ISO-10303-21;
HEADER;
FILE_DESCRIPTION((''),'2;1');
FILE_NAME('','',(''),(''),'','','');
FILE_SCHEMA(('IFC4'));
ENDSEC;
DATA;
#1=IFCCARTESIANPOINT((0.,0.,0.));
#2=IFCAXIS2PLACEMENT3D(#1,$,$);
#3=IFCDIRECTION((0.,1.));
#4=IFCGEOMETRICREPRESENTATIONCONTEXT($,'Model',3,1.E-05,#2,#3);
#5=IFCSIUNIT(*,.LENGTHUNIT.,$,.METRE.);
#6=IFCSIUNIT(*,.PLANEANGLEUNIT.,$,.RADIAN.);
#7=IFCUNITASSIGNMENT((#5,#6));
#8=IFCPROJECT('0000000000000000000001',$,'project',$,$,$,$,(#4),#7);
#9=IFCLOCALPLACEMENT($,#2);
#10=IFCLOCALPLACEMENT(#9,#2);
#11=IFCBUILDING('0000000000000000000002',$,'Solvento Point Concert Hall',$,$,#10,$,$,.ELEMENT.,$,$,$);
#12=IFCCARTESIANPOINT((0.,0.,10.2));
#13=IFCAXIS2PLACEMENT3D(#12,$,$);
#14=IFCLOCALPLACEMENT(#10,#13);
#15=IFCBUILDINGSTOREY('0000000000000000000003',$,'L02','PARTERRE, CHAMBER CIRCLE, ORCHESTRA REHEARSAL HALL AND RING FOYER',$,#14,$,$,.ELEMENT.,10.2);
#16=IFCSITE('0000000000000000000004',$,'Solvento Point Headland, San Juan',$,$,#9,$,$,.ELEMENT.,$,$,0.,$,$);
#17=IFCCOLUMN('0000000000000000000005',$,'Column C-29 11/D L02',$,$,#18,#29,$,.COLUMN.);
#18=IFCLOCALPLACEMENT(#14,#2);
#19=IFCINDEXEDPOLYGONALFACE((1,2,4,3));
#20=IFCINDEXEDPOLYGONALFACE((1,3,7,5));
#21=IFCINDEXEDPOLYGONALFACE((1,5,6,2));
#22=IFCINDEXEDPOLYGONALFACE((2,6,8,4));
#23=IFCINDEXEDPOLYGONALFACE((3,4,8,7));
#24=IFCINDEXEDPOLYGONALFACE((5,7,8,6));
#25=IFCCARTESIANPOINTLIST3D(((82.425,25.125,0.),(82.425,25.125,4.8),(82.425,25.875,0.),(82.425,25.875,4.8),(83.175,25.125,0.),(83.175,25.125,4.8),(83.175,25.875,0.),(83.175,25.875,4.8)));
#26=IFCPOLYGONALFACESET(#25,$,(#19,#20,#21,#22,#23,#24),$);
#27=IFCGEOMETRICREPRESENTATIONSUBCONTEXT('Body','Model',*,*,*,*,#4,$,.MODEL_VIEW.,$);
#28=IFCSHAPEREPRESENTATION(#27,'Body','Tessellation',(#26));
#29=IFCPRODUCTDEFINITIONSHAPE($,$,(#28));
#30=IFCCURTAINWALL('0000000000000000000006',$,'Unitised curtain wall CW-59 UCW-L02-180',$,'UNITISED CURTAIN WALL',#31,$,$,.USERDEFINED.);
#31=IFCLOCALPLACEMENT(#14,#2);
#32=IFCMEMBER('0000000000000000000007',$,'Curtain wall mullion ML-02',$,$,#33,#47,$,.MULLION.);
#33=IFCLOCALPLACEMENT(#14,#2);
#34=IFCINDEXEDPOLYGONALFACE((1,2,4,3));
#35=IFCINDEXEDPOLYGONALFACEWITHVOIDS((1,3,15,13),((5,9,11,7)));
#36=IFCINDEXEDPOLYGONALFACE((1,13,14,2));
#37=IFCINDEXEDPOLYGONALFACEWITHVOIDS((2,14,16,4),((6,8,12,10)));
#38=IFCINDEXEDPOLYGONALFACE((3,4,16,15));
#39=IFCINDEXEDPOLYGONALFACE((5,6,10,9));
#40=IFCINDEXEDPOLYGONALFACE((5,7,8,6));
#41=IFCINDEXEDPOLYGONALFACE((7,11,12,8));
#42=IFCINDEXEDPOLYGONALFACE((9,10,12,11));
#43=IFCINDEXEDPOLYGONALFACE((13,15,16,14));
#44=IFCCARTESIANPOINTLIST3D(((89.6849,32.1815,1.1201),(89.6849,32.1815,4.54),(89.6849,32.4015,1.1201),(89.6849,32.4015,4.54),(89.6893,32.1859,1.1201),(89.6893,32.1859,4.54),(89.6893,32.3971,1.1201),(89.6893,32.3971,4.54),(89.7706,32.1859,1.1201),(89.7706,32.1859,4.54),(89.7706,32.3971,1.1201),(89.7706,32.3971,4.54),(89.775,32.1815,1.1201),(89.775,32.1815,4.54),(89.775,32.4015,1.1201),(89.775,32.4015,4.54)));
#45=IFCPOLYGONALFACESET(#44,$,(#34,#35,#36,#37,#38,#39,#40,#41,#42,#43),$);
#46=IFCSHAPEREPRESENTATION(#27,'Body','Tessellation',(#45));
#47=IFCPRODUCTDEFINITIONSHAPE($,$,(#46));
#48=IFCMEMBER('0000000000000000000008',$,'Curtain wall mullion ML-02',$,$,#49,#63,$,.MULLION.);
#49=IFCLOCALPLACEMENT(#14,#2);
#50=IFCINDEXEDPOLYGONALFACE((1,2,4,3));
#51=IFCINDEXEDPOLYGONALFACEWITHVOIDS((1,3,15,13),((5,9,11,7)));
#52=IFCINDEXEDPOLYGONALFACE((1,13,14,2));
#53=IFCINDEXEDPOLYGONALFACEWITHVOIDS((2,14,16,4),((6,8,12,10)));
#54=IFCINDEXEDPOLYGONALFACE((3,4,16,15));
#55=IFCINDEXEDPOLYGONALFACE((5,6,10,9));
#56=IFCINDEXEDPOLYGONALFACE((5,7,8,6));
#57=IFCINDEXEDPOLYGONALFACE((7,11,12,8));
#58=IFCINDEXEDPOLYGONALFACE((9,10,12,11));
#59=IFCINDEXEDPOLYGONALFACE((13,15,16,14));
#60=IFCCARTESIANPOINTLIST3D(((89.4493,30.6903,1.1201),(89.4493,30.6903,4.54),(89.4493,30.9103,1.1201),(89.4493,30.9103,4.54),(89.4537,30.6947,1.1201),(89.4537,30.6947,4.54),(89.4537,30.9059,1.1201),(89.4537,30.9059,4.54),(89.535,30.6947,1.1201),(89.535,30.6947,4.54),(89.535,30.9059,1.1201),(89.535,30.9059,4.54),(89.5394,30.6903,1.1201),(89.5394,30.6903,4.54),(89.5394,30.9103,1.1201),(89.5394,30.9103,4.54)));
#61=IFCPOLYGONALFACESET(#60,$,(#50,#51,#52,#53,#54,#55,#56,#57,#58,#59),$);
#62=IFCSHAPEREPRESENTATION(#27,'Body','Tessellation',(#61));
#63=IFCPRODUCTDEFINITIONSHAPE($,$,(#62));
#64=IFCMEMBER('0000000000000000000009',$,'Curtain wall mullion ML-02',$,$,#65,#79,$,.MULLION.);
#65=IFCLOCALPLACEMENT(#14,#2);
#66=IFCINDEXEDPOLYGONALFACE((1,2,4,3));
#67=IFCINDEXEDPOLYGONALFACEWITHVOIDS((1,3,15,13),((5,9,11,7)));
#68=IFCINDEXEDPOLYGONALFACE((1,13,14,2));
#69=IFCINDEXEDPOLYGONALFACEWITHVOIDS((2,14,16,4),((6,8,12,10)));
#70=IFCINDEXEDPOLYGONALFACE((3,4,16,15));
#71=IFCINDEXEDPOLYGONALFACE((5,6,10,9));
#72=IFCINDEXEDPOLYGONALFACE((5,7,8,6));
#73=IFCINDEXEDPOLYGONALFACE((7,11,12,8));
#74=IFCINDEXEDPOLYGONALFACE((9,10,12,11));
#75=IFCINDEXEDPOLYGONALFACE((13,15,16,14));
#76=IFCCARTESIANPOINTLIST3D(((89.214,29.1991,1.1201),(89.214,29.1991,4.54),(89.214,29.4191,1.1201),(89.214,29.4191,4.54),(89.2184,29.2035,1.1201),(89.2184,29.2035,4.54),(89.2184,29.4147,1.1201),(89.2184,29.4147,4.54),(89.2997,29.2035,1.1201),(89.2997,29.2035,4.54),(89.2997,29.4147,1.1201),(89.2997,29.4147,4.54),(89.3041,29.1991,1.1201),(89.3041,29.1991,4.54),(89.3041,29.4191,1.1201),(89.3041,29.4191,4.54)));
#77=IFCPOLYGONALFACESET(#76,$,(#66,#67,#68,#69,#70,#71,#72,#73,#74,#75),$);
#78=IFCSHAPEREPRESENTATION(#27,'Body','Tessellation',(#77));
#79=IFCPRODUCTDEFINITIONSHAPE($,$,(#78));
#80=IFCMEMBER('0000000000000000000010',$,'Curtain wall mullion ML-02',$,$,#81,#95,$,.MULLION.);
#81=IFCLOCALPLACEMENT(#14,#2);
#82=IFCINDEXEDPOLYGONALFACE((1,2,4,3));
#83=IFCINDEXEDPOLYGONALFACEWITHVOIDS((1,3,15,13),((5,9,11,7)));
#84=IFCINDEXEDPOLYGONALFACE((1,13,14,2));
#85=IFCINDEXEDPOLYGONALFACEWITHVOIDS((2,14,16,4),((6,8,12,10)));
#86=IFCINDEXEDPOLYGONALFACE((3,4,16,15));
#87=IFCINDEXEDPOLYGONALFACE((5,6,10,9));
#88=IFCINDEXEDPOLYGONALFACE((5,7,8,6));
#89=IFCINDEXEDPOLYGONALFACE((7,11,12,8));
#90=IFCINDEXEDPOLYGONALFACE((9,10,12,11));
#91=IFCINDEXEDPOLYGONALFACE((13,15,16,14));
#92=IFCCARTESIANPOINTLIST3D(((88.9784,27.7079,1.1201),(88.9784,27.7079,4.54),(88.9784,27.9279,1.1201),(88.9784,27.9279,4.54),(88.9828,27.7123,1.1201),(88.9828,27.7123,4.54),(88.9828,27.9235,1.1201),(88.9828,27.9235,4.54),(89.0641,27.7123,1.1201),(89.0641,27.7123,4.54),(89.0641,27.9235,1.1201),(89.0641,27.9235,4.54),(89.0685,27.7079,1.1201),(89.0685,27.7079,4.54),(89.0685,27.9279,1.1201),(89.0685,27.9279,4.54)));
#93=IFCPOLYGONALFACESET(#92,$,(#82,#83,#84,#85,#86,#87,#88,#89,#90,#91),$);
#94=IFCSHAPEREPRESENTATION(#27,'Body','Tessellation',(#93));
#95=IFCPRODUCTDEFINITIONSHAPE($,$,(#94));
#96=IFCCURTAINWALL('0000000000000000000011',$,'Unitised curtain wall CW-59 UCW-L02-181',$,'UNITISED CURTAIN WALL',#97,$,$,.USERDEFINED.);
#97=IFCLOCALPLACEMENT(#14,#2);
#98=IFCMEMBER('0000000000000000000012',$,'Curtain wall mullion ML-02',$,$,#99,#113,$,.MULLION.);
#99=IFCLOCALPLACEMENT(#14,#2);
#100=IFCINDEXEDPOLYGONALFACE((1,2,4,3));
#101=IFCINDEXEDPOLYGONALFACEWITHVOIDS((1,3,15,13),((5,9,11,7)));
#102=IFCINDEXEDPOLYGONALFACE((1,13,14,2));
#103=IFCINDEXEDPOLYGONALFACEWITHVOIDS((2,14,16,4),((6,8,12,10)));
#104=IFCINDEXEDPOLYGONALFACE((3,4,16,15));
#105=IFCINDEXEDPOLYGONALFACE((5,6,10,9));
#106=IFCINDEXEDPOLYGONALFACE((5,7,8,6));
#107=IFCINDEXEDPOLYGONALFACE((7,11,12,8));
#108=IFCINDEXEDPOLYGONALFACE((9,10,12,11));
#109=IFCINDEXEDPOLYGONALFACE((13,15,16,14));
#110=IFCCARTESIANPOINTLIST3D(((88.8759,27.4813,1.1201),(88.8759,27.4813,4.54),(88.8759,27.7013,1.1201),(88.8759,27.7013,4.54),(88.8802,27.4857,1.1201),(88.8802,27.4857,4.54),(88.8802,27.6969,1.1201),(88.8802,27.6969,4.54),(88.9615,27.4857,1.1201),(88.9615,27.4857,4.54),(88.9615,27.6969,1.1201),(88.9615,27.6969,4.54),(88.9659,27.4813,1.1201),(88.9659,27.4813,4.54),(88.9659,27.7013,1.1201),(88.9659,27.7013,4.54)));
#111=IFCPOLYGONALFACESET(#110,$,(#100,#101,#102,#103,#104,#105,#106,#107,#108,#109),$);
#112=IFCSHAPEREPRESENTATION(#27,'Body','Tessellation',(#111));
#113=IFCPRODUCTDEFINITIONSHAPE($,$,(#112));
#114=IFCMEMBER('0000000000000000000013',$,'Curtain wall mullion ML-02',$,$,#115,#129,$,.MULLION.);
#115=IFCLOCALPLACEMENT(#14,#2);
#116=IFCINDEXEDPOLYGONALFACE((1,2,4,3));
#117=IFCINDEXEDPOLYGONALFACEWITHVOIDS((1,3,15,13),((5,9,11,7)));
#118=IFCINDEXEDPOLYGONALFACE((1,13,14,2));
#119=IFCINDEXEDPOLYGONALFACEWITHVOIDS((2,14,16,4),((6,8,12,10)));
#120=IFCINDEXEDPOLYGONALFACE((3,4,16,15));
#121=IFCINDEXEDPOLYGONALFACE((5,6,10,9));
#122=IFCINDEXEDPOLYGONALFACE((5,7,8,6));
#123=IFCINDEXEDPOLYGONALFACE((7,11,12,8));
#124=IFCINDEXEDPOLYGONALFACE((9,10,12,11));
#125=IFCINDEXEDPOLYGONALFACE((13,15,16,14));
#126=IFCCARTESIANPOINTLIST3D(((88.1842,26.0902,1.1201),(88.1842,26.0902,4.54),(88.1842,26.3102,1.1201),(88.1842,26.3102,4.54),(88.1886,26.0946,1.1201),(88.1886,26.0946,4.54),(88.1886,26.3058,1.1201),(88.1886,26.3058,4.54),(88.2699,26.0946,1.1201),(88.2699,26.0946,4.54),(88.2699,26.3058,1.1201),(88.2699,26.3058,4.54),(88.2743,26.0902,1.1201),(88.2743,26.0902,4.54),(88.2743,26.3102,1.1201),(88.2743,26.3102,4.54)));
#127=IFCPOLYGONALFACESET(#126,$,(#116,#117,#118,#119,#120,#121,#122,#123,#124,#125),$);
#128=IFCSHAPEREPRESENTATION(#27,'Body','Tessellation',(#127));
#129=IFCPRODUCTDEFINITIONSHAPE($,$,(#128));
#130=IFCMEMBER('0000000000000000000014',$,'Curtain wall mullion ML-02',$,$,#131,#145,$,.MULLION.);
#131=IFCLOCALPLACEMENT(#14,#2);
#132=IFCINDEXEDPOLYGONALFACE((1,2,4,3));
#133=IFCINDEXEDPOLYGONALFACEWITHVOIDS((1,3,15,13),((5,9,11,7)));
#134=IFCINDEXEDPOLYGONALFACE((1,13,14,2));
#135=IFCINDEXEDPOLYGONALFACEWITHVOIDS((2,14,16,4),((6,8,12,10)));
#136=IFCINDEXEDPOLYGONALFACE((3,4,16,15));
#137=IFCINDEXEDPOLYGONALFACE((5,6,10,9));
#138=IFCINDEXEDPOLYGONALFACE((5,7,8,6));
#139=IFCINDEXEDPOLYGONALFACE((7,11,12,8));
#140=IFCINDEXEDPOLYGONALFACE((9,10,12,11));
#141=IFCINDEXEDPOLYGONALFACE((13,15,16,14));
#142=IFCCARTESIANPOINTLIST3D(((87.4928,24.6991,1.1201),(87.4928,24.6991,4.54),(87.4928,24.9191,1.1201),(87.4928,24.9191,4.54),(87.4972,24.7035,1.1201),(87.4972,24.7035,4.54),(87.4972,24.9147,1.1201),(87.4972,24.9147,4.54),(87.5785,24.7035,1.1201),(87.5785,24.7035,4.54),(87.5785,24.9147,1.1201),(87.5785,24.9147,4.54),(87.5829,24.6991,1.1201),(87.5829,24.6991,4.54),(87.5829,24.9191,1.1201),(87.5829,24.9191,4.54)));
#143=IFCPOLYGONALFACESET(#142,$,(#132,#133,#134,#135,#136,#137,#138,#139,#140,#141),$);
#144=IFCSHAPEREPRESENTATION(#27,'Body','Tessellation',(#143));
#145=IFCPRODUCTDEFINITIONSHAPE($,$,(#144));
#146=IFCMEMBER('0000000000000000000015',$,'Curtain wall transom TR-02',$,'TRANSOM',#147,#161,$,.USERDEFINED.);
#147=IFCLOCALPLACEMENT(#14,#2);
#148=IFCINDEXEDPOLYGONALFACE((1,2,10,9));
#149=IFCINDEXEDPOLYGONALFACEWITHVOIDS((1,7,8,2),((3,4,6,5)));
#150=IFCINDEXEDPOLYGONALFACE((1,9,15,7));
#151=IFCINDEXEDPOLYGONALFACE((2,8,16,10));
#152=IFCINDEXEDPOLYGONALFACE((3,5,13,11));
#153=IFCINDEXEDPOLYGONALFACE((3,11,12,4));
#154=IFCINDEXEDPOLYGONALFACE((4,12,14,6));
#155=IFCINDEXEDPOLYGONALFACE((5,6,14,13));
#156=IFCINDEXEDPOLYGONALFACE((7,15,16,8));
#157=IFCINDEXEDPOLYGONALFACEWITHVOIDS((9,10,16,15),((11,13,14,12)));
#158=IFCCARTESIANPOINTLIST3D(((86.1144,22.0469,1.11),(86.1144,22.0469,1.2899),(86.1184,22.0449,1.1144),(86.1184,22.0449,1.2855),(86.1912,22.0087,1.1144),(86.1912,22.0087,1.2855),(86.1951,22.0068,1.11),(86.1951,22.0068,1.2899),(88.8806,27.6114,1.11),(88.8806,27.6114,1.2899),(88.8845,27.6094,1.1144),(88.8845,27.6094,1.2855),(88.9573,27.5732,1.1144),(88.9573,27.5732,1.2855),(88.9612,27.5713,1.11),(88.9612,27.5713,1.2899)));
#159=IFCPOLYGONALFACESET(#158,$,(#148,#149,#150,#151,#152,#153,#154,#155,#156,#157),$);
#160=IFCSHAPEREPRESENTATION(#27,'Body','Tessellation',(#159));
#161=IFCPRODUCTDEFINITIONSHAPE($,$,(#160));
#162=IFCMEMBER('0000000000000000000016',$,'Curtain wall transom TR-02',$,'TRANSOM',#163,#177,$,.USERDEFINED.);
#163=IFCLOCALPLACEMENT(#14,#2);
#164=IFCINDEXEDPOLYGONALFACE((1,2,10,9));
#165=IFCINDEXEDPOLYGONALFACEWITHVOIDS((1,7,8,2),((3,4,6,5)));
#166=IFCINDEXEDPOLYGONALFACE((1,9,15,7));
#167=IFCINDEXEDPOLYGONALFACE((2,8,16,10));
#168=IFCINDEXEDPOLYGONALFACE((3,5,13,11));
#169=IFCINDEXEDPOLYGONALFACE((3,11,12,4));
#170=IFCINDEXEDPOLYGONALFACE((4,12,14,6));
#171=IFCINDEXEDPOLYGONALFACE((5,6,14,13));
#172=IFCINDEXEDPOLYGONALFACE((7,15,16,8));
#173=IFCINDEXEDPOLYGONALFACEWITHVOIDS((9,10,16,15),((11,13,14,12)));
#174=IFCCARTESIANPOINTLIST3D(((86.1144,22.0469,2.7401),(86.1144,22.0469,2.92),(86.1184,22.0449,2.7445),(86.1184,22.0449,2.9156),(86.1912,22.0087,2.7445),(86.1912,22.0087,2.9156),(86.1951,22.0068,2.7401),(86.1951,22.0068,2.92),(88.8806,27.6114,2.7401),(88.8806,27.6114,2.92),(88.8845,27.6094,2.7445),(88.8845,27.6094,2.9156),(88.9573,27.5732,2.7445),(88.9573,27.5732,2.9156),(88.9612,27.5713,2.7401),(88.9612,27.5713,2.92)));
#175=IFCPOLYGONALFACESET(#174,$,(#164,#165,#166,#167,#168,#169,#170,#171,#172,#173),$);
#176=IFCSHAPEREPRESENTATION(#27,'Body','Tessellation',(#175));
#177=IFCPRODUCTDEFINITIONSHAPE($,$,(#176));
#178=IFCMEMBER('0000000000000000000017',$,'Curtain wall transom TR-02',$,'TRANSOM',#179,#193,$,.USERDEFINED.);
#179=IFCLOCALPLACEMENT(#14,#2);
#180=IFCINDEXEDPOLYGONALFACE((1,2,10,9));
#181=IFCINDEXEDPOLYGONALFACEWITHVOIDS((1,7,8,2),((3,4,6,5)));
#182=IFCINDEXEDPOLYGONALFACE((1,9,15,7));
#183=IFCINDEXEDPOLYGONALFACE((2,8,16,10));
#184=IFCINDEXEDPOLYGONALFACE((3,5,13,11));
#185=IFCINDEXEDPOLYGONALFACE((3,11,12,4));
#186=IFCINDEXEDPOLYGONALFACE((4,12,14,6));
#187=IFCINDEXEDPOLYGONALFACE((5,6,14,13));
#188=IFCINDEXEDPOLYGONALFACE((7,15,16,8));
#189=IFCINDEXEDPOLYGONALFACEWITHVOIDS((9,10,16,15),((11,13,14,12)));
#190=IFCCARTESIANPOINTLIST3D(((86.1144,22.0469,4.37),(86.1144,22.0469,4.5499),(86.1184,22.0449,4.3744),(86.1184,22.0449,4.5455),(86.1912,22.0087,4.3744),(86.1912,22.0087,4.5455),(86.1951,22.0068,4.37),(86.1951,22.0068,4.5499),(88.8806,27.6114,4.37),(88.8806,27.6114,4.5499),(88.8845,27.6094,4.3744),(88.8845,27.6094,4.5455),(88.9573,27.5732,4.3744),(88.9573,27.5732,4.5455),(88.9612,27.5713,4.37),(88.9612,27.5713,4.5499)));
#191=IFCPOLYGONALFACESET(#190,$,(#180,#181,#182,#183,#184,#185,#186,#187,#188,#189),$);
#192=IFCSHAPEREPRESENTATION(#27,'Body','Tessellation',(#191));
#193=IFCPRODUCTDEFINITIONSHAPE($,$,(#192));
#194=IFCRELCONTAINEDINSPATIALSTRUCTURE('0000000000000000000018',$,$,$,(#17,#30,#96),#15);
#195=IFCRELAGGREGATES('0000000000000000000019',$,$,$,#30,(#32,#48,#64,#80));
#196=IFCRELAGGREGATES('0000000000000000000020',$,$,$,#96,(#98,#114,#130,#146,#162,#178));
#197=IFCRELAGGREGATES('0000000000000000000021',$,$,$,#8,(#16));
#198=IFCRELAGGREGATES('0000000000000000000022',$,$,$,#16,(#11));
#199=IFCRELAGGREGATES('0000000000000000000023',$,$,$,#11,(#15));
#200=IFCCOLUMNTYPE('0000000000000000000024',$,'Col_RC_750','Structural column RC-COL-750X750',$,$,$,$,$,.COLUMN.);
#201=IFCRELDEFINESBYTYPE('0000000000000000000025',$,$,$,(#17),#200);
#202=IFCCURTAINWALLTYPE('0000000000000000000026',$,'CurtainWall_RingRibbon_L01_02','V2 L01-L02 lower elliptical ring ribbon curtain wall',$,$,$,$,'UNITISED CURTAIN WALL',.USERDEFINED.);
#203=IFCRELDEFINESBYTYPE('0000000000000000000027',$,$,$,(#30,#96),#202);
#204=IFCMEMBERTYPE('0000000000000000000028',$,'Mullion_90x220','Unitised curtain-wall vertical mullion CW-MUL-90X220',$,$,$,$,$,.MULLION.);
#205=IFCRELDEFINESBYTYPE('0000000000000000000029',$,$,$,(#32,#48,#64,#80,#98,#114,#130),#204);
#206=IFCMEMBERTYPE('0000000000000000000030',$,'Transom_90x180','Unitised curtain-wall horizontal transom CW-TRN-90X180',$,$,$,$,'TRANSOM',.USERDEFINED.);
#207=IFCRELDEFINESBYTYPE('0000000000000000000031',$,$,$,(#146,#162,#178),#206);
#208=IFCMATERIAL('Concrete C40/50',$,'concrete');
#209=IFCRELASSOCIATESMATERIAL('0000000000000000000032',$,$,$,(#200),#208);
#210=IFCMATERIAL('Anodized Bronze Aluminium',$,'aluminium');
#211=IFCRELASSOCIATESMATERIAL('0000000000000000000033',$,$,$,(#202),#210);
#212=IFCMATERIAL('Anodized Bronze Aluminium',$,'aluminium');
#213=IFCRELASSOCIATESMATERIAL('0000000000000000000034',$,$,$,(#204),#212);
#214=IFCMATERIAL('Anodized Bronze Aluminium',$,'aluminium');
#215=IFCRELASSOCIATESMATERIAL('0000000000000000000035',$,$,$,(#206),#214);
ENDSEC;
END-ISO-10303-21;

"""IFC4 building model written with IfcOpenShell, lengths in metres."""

from ifc_helpers import new_model, si_unit, direction, frame, origin, origin_2d, place, context, subcontext, project, spatial, rectangle, hollow_rectangle, extrude, material, material_profile, profile_set, type_object, element, aggregate, save


model = new_model("IFC4")

# Units and contexts
model_context = context("Model", 3, precision=1e-05, world=origin(), true_north=direction((0.0, 1.0)))
body_context = subcontext(model_context, "Body", "Model", "MODEL_VIEW")
ifc_project = project(units=[si_unit("LENGTHUNIT", "METRE"), si_unit("PLANEANGLEUNIT", "RADIAN")], contexts=[model_context])

# Site, building, storey
site_placement = place(None, origin())
site = spatial("IfcSite", under=ifc_project, at=site_placement, Name="Solvento Point Headland, San Juan", CompositionType="ELEMENT", RefElevation=0.0)
building_placement = place(site_placement, origin())
building = spatial("IfcBuilding", under=site, at=building_placement, Name="Solvento Point Concert Hall", CompositionType="ELEMENT")
storey_placement = place(building_placement, frame((0.0, 0.0, 10.2)))
storey = spatial("IfcBuildingStorey", under=building, at=storey_placement, Name="L02", Description="PARTERRE, CHAMBER CIRCLE, ORCHESTRA REHEARSAL HALL AND RING FOYER", CompositionType="ELEMENT", Elevation=10.2)

# Column
ifc_material_1 = material(Name="Concrete C40/50", Category="concrete")
ifc_material_profile_1 = material_profile(ifc_material_1, rectangle(XDim=0.75, YDim=0.75, at=origin_2d()), Name="RC-COL-750X750")
ifc_profile_set_1 = profile_set([ifc_material_profile_1], Name="Concrete C40/50")
column_type = type_object("IfcColumnType", Name="Col_RC_750", Description="Structural column RC-COL-750X750", PredefinedType="COLUMN", material=ifc_profile_set_1)
column_placement = place(storey_placement, frame((82.8, 25.5, 0.0), z_axis=(0.0, 0.0, 1.0), x_axis=(1.0, 0.0, 0.0)))
element("IfcColumn", 1, at=column_placement, inside=storey, type_object=column_type, Name="Column C-29 11/D L02", PredefinedType="COLUMN", context=body_context, shape_type="SweptSolid", body=[
    extrude(rectangle(XDim=0.75, YDim=0.75, at=origin_2d()), origin(), (0.0, 0.0, 1.0), 4.8),
])

# Curtain walls, members
ifc_material_2 = material(Name="Anodized Bronze Aluminium", Category="aluminium")
curtain_wall_type = type_object("IfcCurtainWallType", Name="CurtainWall_RingRibbon_L01_02", Description="V2 L01-L02 lower elliptical ring ribbon curtain wall", ElementType="UNITISED CURTAIN WALL", PredefinedType="USERDEFINED", material=ifc_material_2)
curtain_wall_1_placement = place(storey_placement, origin())
curtain_wall_1 = element("IfcCurtainWall", 2, at=curtain_wall_1_placement, inside=storey, type_object=curtain_wall_type, Name="Unitised curtain wall CW-59 UCW-L02-180", ObjectType="UNITISED CURTAIN WALL", PredefinedType="USERDEFINED")
ifc_material_3 = material(Name="Anodized Bronze Aluminium", Category="aluminium")
ifc_material_profile_2 = material_profile(ifc_material_3, hollow_rectangle(XDim=0.0901, YDim=0.22, WallThickness=0.0044, at=origin_2d()), Name="CW-MUL-90X220")
ifc_profile_set_2 = profile_set([ifc_material_profile_2], Name="Anodized Bronze Aluminium")
member_type_1 = type_object("IfcMemberType", Name="Mullion_90x220", Description="Unitised curtain-wall vertical mullion CW-MUL-90X220", PredefinedType="MULLION", material=ifc_profile_set_2)
member_1_placement = place(storey_placement, frame((89.73, 32.2915, 1.1201), z_axis=(0.0, 0.0, 1.0), x_axis=(1.0, 0.0, 0.0)))
member_1 = element("IfcMember", 3, at=member_1_placement, type_object=member_type_1, Name="Curtain wall mullion ML-02", PredefinedType="MULLION", context=body_context, shape_type="SweptSolid", body=[
    extrude(hollow_rectangle(XDim=0.0901, YDim=0.22, WallThickness=0.0044, at=origin_2d()), origin(), (0.0, 0.0, 1.0), 3.4199),
])
member_2_placement = place(storey_placement, frame((89.4944, 30.8003, 1.1201), z_axis=(0.0, 0.0, 1.0), x_axis=(1.0, 0.0, 0.0)))
member_2 = element("IfcMember", 4, at=member_2_placement, type_object=member_type_1, Name="Curtain wall mullion ML-02", PredefinedType="MULLION", context=body_context, shape_type="SweptSolid", body=[
    extrude(hollow_rectangle(XDim=0.0901, YDim=0.22, WallThickness=0.0044, at=origin_2d()), origin(), (0.0, 0.0, 1.0), 3.4199),
])
member_3_placement = place(storey_placement, frame((89.259, 29.3091, 1.1201), z_axis=(0.0, 0.0, 1.0), x_axis=(1.0, 0.0, 0.0)))
member_3 = element("IfcMember", 5, at=member_3_placement, type_object=member_type_1, Name="Curtain wall mullion ML-02", PredefinedType="MULLION", context=body_context, shape_type="SweptSolid", body=[
    extrude(hollow_rectangle(XDim=0.0901, YDim=0.22, WallThickness=0.0044, at=origin_2d()), origin(), (0.0, 0.0, 1.0), 3.4199),
])
member_4_placement = place(storey_placement, frame((89.0234, 27.8179, 1.1201), z_axis=(0.0, 0.0, 1.0), x_axis=(1.0, 0.0, 0.0)))
member_4 = element("IfcMember", 6, at=member_4_placement, type_object=member_type_1, Name="Curtain wall mullion ML-02", PredefinedType="MULLION", context=body_context, shape_type="SweptSolid", body=[
    extrude(hollow_rectangle(XDim=0.0901, YDim=0.22, WallThickness=0.0044, at=origin_2d()), origin(), (0.0, 0.0, 1.0), 3.4199),
])
curtain_wall_2_placement = place(storey_placement, origin())
curtain_wall_2 = element("IfcCurtainWall", 7, at=curtain_wall_2_placement, inside=storey, type_object=curtain_wall_type, Name="Unitised curtain wall CW-59 UCW-L02-181", ObjectType="UNITISED CURTAIN WALL", PredefinedType="USERDEFINED")
member_5_placement = place(storey_placement, frame((88.9209, 27.5913, 1.1201), z_axis=(0.0, 0.0, 1.0), x_axis=(1.0, 0.0, 0.0)))
member_5 = element("IfcMember", 8, at=member_5_placement, type_object=member_type_1, Name="Curtain wall mullion ML-02", PredefinedType="MULLION", context=body_context, shape_type="SweptSolid", body=[
    extrude(hollow_rectangle(XDim=0.0901, YDim=0.22, WallThickness=0.0044, at=origin_2d()), origin(), (0.0, 0.0, 1.0), 3.4199),
])
member_6_placement = place(storey_placement, frame((88.2292, 26.2002, 1.1201), z_axis=(0.0, 0.0, 1.0), x_axis=(1.0, 0.0, 0.0)))
member_6 = element("IfcMember", 9, at=member_6_placement, type_object=member_type_1, Name="Curtain wall mullion ML-02", PredefinedType="MULLION", context=body_context, shape_type="SweptSolid", body=[
    extrude(hollow_rectangle(XDim=0.0901, YDim=0.22, WallThickness=0.0044, at=origin_2d()), origin(), (0.0, 0.0, 1.0), 3.4199),
])
member_7_placement = place(storey_placement, frame((87.5378, 24.8091, 1.1201), z_axis=(0.0, 0.0, 1.0), x_axis=(1.0, 0.0, 0.0)))
member_7 = element("IfcMember", 10, at=member_7_placement, type_object=member_type_1, Name="Curtain wall mullion ML-02", PredefinedType="MULLION", context=body_context, shape_type="SweptSolid", body=[
    extrude(hollow_rectangle(XDim=0.0901, YDim=0.22, WallThickness=0.0044, at=origin_2d()), origin(), (0.0, 0.0, 1.0), 3.4199),
])
ifc_material_4 = material(Name="Anodized Bronze Aluminium", Category="aluminium")
ifc_material_profile_3 = material_profile(ifc_material_4, hollow_rectangle(XDim=0.0901, YDim=0.1799, WallThickness=0.0044, at=origin_2d()), Name="CW-TRN-90X180")
ifc_profile_set_3 = profile_set([ifc_material_profile_3], Name="Anodized Bronze Aluminium")
member_type_2 = type_object("IfcMemberType", Name="Transom_90x180", Description="Unitised curtain-wall horizontal transom CW-TRN-90X180", ElementType="TRANSOM", PredefinedType="USERDEFINED", material=ifc_profile_set_3)
member_8_placement = place(storey_placement, frame((88.9209, 27.5913, 1.2), z_axis=(-0.445138, -0.895462, 0.0), x_axis=(0.895462, -0.445138, 0.0)))
member_8 = element("IfcMember", 11, at=member_8_placement, type_object=member_type_2, Name="Curtain wall transom TR-02", ObjectType="TRANSOM", PredefinedType="USERDEFINED", context=body_context, shape_type="SweptSolid", body=[
    extrude(hollow_rectangle(XDim=0.0901, YDim=0.1799, WallThickness=0.0044, at=origin_2d()), origin(), (0.0, 0.0, 1.0), 6.2141),
])
member_9_placement = place(storey_placement, frame((88.9209, 27.5913, 2.8301), z_axis=(-0.445138, -0.895462, 0.0), x_axis=(0.895462, -0.445138, 0.0)))
member_9 = element("IfcMember", 12, at=member_9_placement, type_object=member_type_2, Name="Curtain wall transom TR-02", ObjectType="TRANSOM", PredefinedType="USERDEFINED", context=body_context, shape_type="SweptSolid", body=[
    extrude(hollow_rectangle(XDim=0.0901, YDim=0.1799, WallThickness=0.0044, at=origin_2d()), origin(), (0.0, 0.0, 1.0), 6.2141),
])
member_10_placement = place(storey_placement, frame((88.9209, 27.5913, 4.46), z_axis=(-0.445138, -0.895462, 0.0), x_axis=(0.895462, -0.445138, 0.0)))
member_10 = element("IfcMember", 13, at=member_10_placement, type_object=member_type_2, Name="Curtain wall transom TR-02", ObjectType="TRANSOM", PredefinedType="USERDEFINED", context=body_context, shape_type="SweptSolid", body=[
    extrude(hollow_rectangle(XDim=0.0901, YDim=0.1799, WallThickness=0.0044, at=origin_2d()), origin(), (0.0, 0.0, 1.0), 6.2141),
])

aggregate(curtain_wall_1, [member_1, member_2, member_3, member_4])
aggregate(curtain_wall_2, [member_5, member_6, member_7, member_8, member_9, member_10])

save(model, "model.ifc")
